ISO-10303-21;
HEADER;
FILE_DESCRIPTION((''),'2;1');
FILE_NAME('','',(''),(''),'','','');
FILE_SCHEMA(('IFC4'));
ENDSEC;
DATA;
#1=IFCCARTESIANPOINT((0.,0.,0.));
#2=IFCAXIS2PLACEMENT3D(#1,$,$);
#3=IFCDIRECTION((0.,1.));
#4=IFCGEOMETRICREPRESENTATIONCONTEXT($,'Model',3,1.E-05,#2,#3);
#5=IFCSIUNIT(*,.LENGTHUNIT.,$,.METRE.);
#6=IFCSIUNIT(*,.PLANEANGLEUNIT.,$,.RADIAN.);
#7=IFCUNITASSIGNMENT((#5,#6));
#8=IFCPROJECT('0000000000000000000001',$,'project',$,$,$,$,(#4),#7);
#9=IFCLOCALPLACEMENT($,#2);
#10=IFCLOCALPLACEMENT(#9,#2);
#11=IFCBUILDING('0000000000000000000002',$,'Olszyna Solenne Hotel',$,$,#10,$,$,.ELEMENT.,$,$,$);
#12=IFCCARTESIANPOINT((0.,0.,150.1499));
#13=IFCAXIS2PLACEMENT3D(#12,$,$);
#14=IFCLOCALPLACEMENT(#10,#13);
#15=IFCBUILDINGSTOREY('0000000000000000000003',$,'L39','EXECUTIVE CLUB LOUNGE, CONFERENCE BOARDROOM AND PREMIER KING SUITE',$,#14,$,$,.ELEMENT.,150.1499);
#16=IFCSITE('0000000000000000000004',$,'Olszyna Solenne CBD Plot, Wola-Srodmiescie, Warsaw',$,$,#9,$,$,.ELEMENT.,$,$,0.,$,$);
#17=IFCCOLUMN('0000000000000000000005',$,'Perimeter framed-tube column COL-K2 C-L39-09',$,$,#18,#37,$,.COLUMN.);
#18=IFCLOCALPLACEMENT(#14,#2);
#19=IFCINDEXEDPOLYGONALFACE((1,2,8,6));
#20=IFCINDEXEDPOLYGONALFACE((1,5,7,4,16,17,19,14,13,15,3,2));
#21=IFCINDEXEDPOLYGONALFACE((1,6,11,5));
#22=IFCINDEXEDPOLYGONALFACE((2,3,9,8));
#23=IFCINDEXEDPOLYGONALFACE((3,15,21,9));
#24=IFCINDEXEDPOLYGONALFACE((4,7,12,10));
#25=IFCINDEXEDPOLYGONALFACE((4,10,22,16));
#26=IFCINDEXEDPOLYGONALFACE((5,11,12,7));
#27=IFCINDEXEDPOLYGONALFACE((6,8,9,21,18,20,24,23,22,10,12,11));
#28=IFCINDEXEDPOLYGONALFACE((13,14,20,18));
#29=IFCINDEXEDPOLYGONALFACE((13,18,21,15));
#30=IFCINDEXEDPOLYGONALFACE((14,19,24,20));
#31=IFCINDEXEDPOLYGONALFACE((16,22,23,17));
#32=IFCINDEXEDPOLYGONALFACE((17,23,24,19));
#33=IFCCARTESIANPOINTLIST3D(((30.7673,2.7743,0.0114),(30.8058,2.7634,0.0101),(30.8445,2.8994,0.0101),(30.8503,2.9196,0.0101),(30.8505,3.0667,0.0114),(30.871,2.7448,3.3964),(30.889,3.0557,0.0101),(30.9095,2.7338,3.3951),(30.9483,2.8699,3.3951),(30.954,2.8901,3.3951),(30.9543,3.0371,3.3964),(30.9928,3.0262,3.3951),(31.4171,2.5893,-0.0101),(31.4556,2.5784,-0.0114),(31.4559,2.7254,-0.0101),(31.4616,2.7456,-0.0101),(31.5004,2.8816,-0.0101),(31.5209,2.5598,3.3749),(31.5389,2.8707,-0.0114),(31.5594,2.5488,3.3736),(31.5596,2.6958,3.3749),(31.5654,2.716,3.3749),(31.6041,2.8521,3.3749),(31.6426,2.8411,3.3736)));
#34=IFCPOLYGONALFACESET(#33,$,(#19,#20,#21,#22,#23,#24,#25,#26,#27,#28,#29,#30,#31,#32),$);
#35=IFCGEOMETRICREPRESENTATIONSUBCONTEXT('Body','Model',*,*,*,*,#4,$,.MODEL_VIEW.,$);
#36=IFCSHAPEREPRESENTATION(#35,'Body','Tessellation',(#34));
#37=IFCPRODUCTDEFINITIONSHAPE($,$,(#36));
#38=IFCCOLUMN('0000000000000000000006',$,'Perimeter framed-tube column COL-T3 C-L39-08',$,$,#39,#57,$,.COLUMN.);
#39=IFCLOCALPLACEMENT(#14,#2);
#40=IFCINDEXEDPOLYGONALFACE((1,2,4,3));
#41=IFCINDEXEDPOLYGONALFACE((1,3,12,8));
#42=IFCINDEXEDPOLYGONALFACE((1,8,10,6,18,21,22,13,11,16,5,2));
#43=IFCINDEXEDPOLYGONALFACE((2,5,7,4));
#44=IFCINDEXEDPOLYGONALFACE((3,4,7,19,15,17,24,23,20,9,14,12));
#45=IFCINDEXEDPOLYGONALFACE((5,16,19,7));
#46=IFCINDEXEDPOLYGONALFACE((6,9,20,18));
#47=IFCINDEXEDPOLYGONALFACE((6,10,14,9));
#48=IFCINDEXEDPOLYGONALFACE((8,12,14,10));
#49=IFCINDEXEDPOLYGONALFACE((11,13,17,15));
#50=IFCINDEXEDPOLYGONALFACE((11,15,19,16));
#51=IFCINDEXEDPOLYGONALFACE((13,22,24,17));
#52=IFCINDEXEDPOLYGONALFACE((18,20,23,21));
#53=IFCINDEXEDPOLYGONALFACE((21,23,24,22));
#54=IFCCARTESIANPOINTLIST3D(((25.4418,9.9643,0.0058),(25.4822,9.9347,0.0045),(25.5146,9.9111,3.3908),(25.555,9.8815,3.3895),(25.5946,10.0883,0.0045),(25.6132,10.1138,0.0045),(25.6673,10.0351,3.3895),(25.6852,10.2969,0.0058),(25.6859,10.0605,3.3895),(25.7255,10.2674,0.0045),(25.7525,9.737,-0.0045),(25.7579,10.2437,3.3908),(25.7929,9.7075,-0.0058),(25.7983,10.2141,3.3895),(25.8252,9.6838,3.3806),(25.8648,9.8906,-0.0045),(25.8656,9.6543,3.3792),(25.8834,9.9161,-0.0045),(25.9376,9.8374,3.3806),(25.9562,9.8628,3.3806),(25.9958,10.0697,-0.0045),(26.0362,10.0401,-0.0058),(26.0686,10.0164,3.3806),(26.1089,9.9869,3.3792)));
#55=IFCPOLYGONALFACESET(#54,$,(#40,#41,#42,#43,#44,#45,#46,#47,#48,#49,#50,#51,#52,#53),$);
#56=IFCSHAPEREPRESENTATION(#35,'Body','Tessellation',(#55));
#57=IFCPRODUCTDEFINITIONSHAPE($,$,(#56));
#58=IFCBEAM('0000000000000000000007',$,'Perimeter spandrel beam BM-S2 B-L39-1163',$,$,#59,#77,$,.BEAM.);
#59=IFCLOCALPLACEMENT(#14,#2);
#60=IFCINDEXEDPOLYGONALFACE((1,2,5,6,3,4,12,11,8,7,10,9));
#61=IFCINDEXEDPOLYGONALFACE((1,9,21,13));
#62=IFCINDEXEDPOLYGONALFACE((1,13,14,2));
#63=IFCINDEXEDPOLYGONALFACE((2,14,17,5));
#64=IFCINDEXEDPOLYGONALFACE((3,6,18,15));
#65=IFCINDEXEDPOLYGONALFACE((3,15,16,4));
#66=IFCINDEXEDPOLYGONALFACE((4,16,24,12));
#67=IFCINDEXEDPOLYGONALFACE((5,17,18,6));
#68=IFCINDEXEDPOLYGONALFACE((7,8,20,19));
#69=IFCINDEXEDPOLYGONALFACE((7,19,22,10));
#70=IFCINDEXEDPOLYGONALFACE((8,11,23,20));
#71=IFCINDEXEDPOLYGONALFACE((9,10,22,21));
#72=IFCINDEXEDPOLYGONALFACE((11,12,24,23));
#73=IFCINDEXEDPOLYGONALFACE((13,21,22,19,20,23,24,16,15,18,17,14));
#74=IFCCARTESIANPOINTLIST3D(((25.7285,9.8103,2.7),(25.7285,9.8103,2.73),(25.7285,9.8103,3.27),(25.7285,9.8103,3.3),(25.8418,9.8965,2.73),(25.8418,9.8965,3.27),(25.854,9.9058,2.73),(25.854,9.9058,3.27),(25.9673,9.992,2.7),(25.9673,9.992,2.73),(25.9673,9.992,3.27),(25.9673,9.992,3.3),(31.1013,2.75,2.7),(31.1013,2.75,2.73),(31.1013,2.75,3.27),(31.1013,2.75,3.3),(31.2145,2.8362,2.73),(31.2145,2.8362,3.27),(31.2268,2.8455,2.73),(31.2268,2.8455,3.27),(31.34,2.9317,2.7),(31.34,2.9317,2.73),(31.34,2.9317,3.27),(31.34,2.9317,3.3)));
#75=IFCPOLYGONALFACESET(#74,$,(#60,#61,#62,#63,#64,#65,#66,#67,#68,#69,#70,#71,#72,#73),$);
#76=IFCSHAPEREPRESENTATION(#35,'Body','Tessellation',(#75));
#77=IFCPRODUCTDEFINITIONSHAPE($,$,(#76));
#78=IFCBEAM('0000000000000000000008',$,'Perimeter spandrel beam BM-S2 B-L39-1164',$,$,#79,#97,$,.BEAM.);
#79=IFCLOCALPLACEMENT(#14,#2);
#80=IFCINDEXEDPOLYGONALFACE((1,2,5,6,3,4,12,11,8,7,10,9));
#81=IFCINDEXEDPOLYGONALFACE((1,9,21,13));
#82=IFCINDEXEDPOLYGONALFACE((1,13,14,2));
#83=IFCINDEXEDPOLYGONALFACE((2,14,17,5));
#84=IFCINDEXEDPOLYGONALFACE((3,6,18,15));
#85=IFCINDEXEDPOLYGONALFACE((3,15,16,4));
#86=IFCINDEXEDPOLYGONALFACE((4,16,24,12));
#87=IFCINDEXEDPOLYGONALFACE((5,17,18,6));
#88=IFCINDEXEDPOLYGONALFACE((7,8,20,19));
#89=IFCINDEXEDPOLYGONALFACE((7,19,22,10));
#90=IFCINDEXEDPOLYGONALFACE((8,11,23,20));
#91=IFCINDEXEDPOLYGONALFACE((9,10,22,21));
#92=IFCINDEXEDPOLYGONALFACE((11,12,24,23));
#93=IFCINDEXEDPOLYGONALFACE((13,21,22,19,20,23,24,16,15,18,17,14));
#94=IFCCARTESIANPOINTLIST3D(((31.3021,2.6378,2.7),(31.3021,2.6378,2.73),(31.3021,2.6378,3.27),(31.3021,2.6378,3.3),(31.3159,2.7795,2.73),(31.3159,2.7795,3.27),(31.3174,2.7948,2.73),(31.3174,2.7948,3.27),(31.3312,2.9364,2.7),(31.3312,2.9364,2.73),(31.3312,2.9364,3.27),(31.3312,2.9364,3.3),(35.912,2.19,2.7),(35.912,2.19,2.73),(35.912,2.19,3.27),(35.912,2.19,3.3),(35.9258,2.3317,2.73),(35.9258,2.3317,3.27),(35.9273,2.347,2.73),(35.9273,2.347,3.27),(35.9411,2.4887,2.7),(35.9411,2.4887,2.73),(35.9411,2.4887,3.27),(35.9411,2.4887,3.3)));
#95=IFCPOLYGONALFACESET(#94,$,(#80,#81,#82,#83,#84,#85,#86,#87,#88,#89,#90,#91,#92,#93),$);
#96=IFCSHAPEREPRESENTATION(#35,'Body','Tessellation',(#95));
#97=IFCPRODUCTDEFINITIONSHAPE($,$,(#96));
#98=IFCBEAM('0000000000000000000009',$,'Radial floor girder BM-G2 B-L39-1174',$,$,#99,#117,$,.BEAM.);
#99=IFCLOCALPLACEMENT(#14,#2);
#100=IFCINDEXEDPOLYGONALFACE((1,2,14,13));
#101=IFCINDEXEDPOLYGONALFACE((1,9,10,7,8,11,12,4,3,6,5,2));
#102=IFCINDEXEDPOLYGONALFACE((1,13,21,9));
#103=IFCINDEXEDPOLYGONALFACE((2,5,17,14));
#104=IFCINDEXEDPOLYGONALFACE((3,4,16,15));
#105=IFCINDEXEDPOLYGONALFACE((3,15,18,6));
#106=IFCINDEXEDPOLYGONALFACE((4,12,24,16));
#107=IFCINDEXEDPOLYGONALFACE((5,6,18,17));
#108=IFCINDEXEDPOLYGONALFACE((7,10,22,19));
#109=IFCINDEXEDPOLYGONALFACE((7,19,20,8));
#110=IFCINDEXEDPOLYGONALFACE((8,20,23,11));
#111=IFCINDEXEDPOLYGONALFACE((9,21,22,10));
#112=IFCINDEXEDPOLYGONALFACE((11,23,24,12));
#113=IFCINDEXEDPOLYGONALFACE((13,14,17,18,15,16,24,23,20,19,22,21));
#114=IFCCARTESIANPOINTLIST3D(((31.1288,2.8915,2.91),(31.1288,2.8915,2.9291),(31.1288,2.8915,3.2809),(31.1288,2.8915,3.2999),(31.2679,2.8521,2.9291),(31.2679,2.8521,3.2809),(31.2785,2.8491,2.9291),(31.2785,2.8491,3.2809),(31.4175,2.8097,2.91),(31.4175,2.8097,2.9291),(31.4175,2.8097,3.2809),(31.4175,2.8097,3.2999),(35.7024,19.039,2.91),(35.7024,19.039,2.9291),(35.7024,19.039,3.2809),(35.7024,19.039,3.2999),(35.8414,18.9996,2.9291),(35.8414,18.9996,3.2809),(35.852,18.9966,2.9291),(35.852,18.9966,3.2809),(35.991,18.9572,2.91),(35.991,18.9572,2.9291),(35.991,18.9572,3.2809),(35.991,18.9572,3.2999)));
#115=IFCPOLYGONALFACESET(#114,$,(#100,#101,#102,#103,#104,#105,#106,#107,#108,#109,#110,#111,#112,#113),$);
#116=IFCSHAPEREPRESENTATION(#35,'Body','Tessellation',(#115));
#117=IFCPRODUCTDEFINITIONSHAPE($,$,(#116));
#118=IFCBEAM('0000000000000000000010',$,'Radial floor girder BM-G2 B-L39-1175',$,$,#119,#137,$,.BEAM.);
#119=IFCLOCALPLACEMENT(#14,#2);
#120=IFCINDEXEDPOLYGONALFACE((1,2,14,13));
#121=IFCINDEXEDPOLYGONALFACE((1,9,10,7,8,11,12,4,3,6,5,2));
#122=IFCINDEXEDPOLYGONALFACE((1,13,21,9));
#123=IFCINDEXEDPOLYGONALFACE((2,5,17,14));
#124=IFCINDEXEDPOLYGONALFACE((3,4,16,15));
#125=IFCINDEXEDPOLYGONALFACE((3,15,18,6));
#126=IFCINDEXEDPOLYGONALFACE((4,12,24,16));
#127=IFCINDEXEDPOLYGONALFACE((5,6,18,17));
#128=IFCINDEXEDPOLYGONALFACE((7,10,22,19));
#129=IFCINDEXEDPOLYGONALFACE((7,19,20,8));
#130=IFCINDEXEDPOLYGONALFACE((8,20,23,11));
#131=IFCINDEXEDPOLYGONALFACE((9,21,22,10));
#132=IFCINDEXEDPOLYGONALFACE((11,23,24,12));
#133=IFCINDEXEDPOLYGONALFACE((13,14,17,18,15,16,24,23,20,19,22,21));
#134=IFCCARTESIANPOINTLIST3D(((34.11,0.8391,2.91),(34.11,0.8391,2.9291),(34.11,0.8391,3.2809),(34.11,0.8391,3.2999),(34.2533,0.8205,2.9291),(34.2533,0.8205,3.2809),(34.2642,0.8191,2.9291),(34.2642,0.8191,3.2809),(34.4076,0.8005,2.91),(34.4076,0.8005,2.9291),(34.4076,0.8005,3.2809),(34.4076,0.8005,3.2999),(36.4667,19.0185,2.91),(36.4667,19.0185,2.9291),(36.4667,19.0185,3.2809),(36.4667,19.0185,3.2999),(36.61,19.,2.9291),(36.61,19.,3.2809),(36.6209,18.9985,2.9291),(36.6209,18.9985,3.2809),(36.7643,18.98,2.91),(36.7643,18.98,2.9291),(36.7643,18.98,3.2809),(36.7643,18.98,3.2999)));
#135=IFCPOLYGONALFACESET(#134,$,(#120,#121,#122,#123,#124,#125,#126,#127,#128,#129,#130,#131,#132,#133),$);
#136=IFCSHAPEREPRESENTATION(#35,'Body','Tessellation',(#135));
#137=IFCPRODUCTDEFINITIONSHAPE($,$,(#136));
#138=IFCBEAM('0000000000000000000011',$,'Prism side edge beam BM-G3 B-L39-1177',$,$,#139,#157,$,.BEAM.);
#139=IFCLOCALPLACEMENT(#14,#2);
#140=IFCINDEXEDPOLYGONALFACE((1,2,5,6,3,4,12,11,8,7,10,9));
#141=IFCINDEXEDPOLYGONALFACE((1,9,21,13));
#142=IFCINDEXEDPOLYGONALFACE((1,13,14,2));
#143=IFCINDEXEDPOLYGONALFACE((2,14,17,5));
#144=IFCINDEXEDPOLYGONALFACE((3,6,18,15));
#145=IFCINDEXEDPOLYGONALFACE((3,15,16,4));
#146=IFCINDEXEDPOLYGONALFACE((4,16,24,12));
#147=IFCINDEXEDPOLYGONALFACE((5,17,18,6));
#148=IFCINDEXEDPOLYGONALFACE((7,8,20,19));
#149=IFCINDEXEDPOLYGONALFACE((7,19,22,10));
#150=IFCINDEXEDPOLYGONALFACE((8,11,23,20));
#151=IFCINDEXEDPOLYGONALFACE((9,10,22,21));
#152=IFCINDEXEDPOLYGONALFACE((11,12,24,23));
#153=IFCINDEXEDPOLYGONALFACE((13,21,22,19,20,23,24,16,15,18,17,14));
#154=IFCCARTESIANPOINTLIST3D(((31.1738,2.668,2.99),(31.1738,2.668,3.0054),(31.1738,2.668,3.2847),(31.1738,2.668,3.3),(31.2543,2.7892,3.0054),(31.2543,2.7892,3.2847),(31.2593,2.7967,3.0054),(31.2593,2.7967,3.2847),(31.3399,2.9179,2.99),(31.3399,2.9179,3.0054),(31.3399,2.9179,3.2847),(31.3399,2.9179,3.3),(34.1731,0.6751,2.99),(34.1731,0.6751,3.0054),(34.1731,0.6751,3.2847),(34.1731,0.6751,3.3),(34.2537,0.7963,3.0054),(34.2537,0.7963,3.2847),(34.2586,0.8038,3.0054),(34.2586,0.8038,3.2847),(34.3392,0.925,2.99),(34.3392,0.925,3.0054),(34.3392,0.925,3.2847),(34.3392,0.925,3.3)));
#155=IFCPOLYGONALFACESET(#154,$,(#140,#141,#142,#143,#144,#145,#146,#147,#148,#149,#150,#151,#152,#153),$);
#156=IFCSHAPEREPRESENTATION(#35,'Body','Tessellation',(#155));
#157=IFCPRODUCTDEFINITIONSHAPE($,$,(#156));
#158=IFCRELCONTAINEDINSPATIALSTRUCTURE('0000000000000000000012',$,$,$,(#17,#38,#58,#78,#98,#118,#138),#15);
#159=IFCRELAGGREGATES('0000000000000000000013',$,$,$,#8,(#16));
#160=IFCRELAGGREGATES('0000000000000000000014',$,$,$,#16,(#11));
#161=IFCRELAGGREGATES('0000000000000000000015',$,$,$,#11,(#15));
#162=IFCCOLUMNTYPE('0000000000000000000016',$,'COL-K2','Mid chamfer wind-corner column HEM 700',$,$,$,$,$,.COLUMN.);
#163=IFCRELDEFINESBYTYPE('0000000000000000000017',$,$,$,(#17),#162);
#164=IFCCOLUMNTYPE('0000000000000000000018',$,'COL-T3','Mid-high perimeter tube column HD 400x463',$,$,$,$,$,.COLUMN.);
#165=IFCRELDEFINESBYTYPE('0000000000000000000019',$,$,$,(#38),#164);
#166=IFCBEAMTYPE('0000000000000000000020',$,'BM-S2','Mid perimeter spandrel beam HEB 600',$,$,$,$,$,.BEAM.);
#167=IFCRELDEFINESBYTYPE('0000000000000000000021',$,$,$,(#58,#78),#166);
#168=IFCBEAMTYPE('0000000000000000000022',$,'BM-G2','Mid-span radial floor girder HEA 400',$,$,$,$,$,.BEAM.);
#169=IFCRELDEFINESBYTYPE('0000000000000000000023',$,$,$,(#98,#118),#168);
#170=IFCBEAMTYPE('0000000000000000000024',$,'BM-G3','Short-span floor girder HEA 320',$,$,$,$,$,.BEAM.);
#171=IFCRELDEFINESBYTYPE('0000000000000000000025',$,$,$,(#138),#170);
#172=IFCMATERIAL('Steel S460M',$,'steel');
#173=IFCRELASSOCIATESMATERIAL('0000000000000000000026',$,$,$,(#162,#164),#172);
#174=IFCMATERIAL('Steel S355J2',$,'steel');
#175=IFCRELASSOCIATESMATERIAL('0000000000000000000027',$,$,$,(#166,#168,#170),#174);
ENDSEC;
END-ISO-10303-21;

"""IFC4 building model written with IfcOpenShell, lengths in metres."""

from ifc_helpers import new_model, si_unit, direction, frame, origin, origin_2d, place, context, subcontext, project, spatial, i_section, extrude, source, transform, mapped, material, material_profile, profile_set, type_object, element, save


model = new_model("IFC4")

# Units and contexts
model_context = context("Model", 3, precision=1e-05, world=origin(), true_north=direction((0.0, 1.0)))
body_context = subcontext(model_context, "Body", "Model", "MODEL_VIEW")
ifc_project = project(units=[si_unit("LENGTHUNIT", "METRE"), si_unit("PLANEANGLEUNIT", "RADIAN")], contexts=[model_context])

# Site, building, storey
site_placement = place(None, origin())
site = spatial("IfcSite", under=ifc_project, at=site_placement, Name="Olszyna Solenne CBD Plot, Wola-Srodmiescie, Warsaw", CompositionType="ELEMENT", RefElevation=0.0)
building_placement = place(site_placement, origin())
building = spatial("IfcBuilding", under=site, at=building_placement, Name="Olszyna Solenne Hotel", CompositionType="ELEMENT")
storey_placement = place(building_placement, frame((0.0, 0.0, 150.1499)))
storey = spatial("IfcBuildingStorey", under=building, at=storey_placement, Name="L39", Description="EXECUTIVE CLUB LOUNGE, CONFERENCE BOARDROOM AND PREMIER KING SUITE", CompositionType="ELEMENT", Elevation=150.1499)

# Columns
ifc_material_1 = material(Name="Steel S460M", Category="steel")
ifc_material_profile_1 = material_profile(ifc_material_1, i_section(OverallWidth=0.304, OverallDepth=0.7161, WebThickness=0.021, FlangeThickness=0.04, at=origin_2d()), Name="HEM 700", Category="load-bearing")
ifc_profile_set_1 = profile_set([ifc_material_profile_1], Name="Steel S460M")
column_type_1 = type_object("IfcColumnType", Name="COL-K2", Description="Mid chamfer wind-corner column HEM 700", PredefinedType="COLUMN", material=ifc_profile_set_1)
shared_shape_1 = source(origin(), body_context, "Body", "SweptSolid", [
    extrude(i_section(OverallWidth=0.304, OverallDepth=0.7161, WebThickness=0.021, FlangeThickness=0.04, at=origin_2d()), origin(), (0.0, 0.0, 1.0), 3.3867),
])
column_1_placement = place(storey_placement, frame((31.1531, 2.8225, 0.0), z_axis=(0.030637, -0.008723, 0.999493), x_axis=(0.273824, 0.96178, 0.0)))
element("IfcColumn", 1, at=column_1_placement, inside=storey, type_object=column_type_1, Name="Perimeter framed-tube column COL-K2 C-L39-09", PredefinedType="COLUMN", context=body_context, shape_type="MappedRepresentation", body=[
    mapped(shared_shape_1, transform((0.0, 0.0, 0.0), x_axis=(1.0, 0.0, 0.0), y_axis=(0.0, 1.0, 0.0), z_axis=(0.0, 0.0, 1.0), scale=1.0)),
])
ifc_material_profile_2 = material_profile(ifc_material_1, i_section(OverallWidth=0.4121, OverallDepth=0.4351, WebThickness=0.0315, FlangeThickness=0.05, at=origin_2d()), Name="HD 400x463", Category="load-bearing")
ifc_profile_set_2 = profile_set([ifc_material_profile_2], Name="Steel S460M")
column_type_2 = type_object("IfcColumnType", Name="COL-T3", Description="Mid-high perimeter tube column HD 400x463", PredefinedType="COLUMN", material=ifc_profile_set_2)
shared_shape_2 = source(origin(), body_context, "Body", "SweptSolid", [
    extrude(i_section(OverallWidth=0.4121, OverallDepth=0.4351, WebThickness=0.0315, FlangeThickness=0.05, at=origin_2d()), origin(), (0.0, 0.0, 1.0), 3.3862),
])
column_2_placement = place(storey_placement, frame((25.739, 10.0022, 0.0), z_axis=(0.021485, -0.015717, 0.999646), x_axis=(0.590424, 0.807093, 0.0)))
element("IfcColumn", 2, at=column_2_placement, inside=storey, type_object=column_type_2, Name="Perimeter framed-tube column COL-T3 C-L39-08", PredefinedType="COLUMN", context=body_context, shape_type="MappedRepresentation", body=[
    mapped(shared_shape_2, transform((0.0, 0.0, 0.0), x_axis=(1.0, 0.0, 0.0), y_axis=(0.0, 1.0, 0.0), z_axis=(0.0, 0.0, 1.0), scale=1.0)),
])

# Beams
ifc_material_2 = material(Name="Steel S355J2", Category="steel")
ifc_material_profile_3 = material_profile(ifc_material_2, i_section(OverallWidth=0.3, OverallDepth=0.6001, WebThickness=0.0154, FlangeThickness=0.03, at=origin_2d()), Name="HEB 600", Category="load-bearing")
ifc_profile_set_3 = profile_set([ifc_material_profile_3], Name="Steel S355J2")
beam_type_1 = type_object("IfcBeamType", Name="BM-S2", Description="Mid perimeter spandrel beam HEB 600", PredefinedType="BEAM", material=ifc_profile_set_3)
shared_shape_3 = source(origin(), body_context, "Body", "SweptSolid", [
    extrude(i_section(OverallWidth=0.3, OverallDepth=0.6001, WebThickness=0.0154, FlangeThickness=0.03, at=origin_2d()), origin(), (0.0, 0.0, 1.0), 8.8721),
])
beam_1_placement = place(storey_placement, frame((25.8479, 9.9011, 3.0), z_axis=(0.605581, -0.795783, 0.0), x_axis=(0.795783, 0.605581, 0.0)))
element("IfcBeam", 3, at=beam_1_placement, inside=storey, type_object=beam_type_1, Name="Perimeter spandrel beam BM-S2 B-L39-1163", PredefinedType="BEAM", context=body_context, shape_type="MappedRepresentation", body=[
    mapped(shared_shape_3, transform((0.0, 0.0, 0.0), x_axis=(1.0, 0.0, 0.0), y_axis=(0.0, 1.0, 0.0), z_axis=(0.0, 0.0, 1.0), scale=1.0)),
])
shared_shape_4 = source(origin(), body_context, "Body", "SweptSolid", [
    extrude(i_section(OverallWidth=0.3, OverallDepth=0.6001, WebThickness=0.0154, FlangeThickness=0.03, at=origin_2d()), origin(), (0.0, 0.0, 1.0), 4.6316),
])
beam_2_placement = place(storey_placement, frame((31.3167, 2.7871, 3.0), z_axis=(0.995316, -0.096675, 0.0), x_axis=(0.096675, 0.995316, 0.0)))
element("IfcBeam", 4, at=beam_2_placement, inside=storey, type_object=beam_type_1, Name="Perimeter spandrel beam BM-S2 B-L39-1164", PredefinedType="BEAM", context=body_context, shape_type="MappedRepresentation", body=[
    mapped(shared_shape_4, transform((0.0, 0.0, 0.0), x_axis=(1.0, 0.0, 0.0), y_axis=(0.0, 1.0, 0.0), z_axis=(0.0, 0.0, 1.0), scale=1.0)),
])
ifc_material_profile_4 = material_profile(ifc_material_2, i_section(OverallWidth=0.3, OverallDepth=0.3899, WebThickness=0.011, FlangeThickness=0.019, at=origin_2d()), Name="HEA 400", Category="load-bearing")
ifc_profile_set_4 = profile_set([ifc_material_profile_4], Name="Steel S355J2")
beam_type_2 = type_object("IfcBeamType", Name="BM-G2", Description="Mid-span radial floor girder HEA 400", PredefinedType="BEAM", material=ifc_profile_set_4)
shared_shape_5 = source(origin(), body_context, "Body", "SweptSolid", [
    extrude(i_section(OverallWidth=0.3, OverallDepth=0.3899, WebThickness=0.011, FlangeThickness=0.019, at=origin_2d()), origin(), (0.0, 0.0, 1.0), 16.7827),
])
beam_3_placement = place(storey_placement, frame((31.2732, 2.8506, 3.105), z_axis=(0.272513, 0.962152, 0.0), x_axis=(-0.962152, 0.272513, 0.0)))
element("IfcBeam", 5, at=beam_3_placement, inside=storey, type_object=beam_type_2, Name="Radial floor girder BM-G2 B-L39-1174", PredefinedType="BEAM", context=body_context, shape_type="MappedRepresentation", body=[
    mapped(shared_shape_5, transform((0.0, 0.0, 0.0), x_axis=(1.0, 0.0, 0.0), y_axis=(0.0, 1.0, 0.0), z_axis=(0.0, 0.0, 1.0), scale=1.0)),
])
shared_shape_6 = source(origin(), body_context, "Body", "SweptSolid", [
    extrude(i_section(OverallWidth=0.3, OverallDepth=0.3899, WebThickness=0.011, FlangeThickness=0.019, at=origin_2d()), origin(), (0.0, 0.0, 1.0), 18.3315),
])
beam_4_placement = place(storey_placement, frame((34.2588, 0.8198, 3.105), z_axis=(0.128559, 0.991702, 0.0), x_axis=(-0.991702, 0.128559, 0.0)))
element("IfcBeam", 6, at=beam_4_placement, inside=storey, type_object=beam_type_2, Name="Radial floor girder BM-G2 B-L39-1175", PredefinedType="BEAM", context=body_context, shape_type="MappedRepresentation", body=[
    mapped(shared_shape_6, transform((0.0, 0.0, 0.0), x_axis=(1.0, 0.0, 0.0), y_axis=(0.0, 1.0, 0.0), z_axis=(0.0, 0.0, 1.0), scale=1.0)),
])
ifc_material_profile_5 = material_profile(ifc_material_2, i_section(OverallWidth=0.3, OverallDepth=0.3101, WebThickness=0.009, FlangeThickness=0.0154, at=origin_2d()), Name="HEA 320", Category="load-bearing")
ifc_profile_set_5 = profile_set([ifc_material_profile_5], Name="Steel S355J2")
beam_type_3 = type_object("IfcBeamType", Name="BM-G3", Description="Short-span floor girder HEA 320", PredefinedType="BEAM", material=ifc_profile_set_5)
shared_shape_7 = source(origin(), body_context, "Body", "SweptSolid", [
    extrude(i_section(OverallWidth=0.3, OverallDepth=0.3101, WebThickness=0.009, FlangeThickness=0.0154, at=origin_2d()), origin(), (0.0, 0.0, 1.0), 3.6011),
])
beam_5_placement = place(storey_placement, frame((31.2568, 2.793, 3.145), z_axis=(0.832894, -0.553432, 0.0), x_axis=(0.553432, 0.832894, 0.0)))
element("IfcBeam", 7, at=beam_5_placement, inside=storey, type_object=beam_type_3, Name="Prism side edge beam BM-G3 B-L39-1177", PredefinedType="BEAM", context=body_context, shape_type="MappedRepresentation", body=[
    mapped(shared_shape_7, transform((0.0, 0.0, 0.0), x_axis=(1.0, 0.0, 0.0), y_axis=(0.0, 1.0, 0.0), z_axis=(0.0, 0.0, 1.0), scale=1.0)),
])

save(model, "model.ifc")
